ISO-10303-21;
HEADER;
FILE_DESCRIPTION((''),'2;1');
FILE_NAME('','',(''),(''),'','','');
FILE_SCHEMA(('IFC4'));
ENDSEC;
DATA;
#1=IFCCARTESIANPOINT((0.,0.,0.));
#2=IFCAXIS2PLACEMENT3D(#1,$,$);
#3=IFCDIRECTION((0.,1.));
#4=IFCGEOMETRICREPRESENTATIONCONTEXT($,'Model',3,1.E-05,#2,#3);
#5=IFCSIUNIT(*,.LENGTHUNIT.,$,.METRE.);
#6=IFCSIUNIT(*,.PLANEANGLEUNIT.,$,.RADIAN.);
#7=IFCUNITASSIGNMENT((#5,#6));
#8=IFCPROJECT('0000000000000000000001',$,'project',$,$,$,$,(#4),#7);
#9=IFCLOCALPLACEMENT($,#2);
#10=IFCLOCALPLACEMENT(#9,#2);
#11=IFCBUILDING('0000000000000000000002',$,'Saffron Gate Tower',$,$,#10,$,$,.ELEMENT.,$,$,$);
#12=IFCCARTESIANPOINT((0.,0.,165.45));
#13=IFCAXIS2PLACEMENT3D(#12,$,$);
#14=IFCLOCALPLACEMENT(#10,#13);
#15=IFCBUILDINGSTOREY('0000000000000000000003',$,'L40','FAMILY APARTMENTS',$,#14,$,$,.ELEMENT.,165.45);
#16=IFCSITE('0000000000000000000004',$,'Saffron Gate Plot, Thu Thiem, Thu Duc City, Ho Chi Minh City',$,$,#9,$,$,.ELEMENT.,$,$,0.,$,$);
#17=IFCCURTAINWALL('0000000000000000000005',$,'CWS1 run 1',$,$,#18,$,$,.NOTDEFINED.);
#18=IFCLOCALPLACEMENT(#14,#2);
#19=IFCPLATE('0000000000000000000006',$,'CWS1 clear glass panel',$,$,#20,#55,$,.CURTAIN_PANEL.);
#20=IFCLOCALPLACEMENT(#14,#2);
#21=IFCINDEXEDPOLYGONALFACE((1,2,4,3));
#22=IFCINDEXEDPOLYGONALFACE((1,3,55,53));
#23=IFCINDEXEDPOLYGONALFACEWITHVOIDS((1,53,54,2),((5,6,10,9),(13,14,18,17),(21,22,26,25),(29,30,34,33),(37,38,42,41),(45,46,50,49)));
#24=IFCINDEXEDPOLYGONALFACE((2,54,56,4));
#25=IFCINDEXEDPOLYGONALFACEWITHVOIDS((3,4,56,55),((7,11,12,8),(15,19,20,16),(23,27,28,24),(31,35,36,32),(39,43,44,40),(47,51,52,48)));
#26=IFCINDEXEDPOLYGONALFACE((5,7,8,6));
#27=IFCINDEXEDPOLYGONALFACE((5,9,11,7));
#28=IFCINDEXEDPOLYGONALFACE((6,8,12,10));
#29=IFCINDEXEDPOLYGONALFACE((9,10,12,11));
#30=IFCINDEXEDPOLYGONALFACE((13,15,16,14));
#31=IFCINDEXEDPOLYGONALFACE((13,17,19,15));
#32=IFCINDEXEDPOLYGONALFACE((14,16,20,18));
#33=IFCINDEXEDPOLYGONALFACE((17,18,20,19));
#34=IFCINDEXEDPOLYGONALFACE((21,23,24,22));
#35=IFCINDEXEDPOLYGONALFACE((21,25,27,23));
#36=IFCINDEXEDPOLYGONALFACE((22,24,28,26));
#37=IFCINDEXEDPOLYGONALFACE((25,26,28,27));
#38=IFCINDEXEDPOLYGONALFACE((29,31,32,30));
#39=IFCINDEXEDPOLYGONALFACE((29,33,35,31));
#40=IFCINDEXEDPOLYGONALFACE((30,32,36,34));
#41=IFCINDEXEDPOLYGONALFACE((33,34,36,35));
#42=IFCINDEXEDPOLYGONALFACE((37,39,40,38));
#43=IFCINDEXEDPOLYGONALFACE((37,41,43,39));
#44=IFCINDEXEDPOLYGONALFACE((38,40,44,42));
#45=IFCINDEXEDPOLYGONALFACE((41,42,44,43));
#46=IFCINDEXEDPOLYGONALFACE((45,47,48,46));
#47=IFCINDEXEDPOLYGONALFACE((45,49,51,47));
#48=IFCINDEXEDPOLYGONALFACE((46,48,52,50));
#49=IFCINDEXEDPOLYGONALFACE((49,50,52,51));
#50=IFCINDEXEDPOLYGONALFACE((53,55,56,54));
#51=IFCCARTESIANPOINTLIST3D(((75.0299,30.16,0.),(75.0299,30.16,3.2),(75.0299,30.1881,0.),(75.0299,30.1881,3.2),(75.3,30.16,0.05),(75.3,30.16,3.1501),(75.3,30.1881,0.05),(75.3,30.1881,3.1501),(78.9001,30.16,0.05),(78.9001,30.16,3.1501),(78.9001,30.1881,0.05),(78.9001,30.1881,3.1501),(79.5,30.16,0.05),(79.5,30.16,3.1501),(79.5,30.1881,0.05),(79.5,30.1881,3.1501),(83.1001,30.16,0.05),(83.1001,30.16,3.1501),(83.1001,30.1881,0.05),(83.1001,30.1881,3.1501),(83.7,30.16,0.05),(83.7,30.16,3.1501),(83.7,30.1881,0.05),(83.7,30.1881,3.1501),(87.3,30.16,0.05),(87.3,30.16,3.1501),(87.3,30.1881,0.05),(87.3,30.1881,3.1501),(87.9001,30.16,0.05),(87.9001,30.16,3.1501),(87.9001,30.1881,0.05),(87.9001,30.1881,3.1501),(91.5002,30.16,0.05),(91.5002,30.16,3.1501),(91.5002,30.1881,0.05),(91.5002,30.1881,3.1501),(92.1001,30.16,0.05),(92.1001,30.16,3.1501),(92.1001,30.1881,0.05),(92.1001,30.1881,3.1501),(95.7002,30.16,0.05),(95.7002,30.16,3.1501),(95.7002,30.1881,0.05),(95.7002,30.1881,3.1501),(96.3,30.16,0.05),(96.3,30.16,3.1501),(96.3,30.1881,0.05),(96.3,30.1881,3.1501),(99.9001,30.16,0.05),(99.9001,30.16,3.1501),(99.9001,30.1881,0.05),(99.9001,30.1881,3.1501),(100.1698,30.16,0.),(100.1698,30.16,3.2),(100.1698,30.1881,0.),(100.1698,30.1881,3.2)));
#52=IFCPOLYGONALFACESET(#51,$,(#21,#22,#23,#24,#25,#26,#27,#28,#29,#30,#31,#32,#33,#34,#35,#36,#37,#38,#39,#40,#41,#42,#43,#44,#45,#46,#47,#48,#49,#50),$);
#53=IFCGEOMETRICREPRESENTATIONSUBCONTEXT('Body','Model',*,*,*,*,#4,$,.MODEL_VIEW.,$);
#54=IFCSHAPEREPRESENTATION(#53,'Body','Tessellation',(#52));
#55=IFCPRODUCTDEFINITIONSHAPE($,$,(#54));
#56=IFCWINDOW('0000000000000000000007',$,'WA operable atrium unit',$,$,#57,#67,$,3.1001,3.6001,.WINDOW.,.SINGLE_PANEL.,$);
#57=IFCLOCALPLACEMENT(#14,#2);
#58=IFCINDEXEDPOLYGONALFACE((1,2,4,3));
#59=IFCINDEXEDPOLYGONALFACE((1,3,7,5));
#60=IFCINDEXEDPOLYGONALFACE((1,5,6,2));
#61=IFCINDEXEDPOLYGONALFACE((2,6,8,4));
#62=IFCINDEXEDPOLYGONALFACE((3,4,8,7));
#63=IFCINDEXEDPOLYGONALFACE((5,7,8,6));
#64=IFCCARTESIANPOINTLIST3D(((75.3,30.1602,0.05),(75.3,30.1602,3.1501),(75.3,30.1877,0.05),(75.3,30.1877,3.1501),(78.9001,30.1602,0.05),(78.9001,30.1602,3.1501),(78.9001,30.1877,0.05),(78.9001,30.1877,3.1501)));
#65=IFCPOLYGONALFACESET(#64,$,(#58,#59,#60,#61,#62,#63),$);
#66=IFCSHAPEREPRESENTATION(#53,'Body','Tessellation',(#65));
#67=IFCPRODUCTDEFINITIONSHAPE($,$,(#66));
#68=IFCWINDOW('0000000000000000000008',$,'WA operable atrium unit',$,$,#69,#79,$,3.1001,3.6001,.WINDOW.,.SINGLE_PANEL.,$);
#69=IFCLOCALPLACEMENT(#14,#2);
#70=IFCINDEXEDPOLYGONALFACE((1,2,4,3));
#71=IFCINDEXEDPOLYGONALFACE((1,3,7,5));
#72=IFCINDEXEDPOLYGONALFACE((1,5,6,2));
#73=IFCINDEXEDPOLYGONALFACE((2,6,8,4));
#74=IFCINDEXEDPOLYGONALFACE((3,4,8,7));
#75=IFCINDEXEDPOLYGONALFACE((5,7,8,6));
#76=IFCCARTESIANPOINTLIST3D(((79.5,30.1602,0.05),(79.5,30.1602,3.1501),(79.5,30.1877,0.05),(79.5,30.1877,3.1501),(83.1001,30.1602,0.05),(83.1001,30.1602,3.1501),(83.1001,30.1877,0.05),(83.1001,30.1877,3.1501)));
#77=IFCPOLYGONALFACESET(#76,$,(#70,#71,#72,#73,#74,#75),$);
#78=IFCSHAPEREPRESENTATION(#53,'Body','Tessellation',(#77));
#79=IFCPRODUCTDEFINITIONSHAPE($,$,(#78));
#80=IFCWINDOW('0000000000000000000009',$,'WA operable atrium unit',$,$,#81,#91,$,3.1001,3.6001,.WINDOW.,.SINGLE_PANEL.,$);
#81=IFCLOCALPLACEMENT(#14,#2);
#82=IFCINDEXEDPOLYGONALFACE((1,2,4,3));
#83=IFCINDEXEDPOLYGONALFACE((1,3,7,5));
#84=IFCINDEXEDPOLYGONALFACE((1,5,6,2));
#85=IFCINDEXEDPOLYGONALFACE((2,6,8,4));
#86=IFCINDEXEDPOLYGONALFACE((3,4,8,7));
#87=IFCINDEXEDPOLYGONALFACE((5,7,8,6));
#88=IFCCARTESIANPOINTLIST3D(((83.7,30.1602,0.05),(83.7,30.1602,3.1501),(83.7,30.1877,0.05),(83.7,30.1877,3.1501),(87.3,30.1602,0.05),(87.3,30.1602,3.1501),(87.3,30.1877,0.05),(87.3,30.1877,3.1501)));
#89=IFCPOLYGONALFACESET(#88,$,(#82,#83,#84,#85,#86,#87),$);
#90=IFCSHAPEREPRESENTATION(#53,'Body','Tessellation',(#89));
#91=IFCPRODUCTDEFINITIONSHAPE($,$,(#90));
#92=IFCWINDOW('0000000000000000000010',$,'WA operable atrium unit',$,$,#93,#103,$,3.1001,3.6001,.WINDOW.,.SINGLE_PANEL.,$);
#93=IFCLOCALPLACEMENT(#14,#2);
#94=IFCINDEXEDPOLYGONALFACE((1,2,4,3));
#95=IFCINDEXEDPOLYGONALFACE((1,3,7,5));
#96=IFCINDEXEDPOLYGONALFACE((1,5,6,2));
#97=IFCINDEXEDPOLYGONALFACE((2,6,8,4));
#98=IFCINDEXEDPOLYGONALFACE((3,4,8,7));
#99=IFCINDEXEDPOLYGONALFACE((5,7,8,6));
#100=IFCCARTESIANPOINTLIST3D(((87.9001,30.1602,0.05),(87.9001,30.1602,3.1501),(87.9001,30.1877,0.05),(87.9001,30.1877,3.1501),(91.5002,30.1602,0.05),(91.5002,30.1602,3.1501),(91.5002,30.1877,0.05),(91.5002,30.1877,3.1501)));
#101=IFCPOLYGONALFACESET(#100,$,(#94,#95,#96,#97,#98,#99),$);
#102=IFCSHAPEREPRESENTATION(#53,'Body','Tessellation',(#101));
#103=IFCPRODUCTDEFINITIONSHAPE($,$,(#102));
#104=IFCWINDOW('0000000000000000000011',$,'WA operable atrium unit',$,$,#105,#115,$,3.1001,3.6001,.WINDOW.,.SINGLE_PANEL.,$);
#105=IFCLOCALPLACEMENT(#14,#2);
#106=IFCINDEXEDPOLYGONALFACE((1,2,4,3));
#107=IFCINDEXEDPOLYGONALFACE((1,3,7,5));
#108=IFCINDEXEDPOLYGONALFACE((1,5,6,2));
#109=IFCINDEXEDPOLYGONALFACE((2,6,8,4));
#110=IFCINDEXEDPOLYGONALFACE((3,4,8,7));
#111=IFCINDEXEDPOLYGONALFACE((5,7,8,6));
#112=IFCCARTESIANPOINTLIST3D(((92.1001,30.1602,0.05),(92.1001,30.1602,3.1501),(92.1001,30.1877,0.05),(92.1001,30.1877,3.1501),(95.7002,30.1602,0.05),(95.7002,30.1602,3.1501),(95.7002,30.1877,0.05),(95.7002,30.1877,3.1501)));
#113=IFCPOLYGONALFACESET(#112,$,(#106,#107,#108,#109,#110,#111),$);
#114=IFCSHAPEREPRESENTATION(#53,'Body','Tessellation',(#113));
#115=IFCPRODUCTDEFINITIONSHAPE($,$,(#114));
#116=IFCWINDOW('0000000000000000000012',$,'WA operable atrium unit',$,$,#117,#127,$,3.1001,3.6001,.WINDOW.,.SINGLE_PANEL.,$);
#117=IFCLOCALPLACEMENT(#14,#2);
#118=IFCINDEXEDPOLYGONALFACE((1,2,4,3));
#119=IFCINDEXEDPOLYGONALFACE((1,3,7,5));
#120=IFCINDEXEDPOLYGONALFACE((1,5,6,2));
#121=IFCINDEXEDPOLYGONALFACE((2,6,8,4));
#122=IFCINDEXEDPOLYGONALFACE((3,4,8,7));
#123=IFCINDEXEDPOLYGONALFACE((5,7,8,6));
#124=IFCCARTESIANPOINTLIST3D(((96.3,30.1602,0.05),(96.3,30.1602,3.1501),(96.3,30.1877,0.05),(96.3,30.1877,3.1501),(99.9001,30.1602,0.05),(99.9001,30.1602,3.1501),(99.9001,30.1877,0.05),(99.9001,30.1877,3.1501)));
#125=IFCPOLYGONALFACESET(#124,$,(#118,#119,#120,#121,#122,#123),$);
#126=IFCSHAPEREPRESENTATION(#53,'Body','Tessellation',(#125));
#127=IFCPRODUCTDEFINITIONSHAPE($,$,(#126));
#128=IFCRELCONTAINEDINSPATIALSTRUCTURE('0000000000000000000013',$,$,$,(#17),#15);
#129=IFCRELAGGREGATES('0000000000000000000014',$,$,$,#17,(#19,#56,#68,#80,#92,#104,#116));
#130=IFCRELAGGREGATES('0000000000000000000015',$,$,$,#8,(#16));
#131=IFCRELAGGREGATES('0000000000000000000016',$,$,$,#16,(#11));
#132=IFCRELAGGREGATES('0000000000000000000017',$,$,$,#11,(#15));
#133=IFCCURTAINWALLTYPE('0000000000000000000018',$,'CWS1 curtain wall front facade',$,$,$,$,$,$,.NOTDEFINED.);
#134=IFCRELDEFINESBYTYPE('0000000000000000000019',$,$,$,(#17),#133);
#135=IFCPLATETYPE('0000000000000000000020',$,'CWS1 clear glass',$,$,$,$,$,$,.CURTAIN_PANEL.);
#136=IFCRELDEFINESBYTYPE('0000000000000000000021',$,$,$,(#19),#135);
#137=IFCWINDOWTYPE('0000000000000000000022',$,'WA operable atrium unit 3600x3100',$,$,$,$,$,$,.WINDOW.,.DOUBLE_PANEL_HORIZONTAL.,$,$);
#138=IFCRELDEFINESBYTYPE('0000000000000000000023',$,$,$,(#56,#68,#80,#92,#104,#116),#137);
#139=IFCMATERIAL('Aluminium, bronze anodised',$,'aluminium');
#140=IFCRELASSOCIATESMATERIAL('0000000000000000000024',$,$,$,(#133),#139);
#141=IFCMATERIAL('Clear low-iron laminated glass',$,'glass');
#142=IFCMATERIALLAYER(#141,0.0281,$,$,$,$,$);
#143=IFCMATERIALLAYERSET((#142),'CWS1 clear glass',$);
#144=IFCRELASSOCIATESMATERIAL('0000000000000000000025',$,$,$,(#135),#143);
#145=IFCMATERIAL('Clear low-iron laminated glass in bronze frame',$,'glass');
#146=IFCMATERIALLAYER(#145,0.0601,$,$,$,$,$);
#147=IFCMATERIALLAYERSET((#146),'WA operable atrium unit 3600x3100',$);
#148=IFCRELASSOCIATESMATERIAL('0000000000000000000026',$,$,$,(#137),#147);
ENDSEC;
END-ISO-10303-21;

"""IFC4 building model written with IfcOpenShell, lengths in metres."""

from ifc_helpers import new_model, si_unit, direction, frame, frame_2d, origin, place, context, subcontext, project, spatial, rectangle, extrude, material, layer, layer_set, type_object, element, fill, aggregate, save


model = new_model("IFC4")

# Units and contexts
model_context = context("Model", 3, precision=1e-05, world=origin(), true_north=direction((0.0, 1.0)))
body_context = subcontext(model_context, "Body", "Model", "MODEL_VIEW")
ifc_project = project(units=[si_unit("LENGTHUNIT", "METRE"), si_unit("PLANEANGLEUNIT", "RADIAN")], contexts=[model_context])

# Site, building, storey
site_placement = place(None, origin())
site = spatial("IfcSite", under=ifc_project, at=site_placement, Name="Saffron Gate Plot, Thu Thiem, Thu Duc City, Ho Chi Minh City", CompositionType="ELEMENT", RefElevation=0.0)
building_placement = place(site_placement, origin())
building = spatial("IfcBuilding", under=site, at=building_placement, Name="Saffron Gate Tower", CompositionType="ELEMENT")
storey_placement = place(building_placement, frame((0.0, 0.0, 165.45)))
storey = spatial("IfcBuildingStorey", under=building, at=storey_placement, Name="L40", Description="FAMILY APARTMENTS", CompositionType="ELEMENT", Elevation=165.45)

# Curtain wall, plate, openings, windows
ifc_material_1 = material(Name="Aluminium, bronze anodised", Category="aluminium")
curtain_wall_type = type_object("IfcCurtainWallType", Name="CWS1 curtain wall front facade", PredefinedType="NOTDEFINED", material=ifc_material_1)
curtain_wall_placement = place(storey_placement, origin())
curtain_wall = element("IfcCurtainWall", 1, at=curtain_wall_placement, inside=storey, type_object=curtain_wall_type, Name="CWS1 run 1", PredefinedType="NOTDEFINED")
ifc_material_2 = material(Name="Clear low-iron laminated glass", Category="glass")
ifc_layer_1 = layer(ifc_material_2, 0.0281)
ifc_layer_set_1 = layer_set([ifc_layer_1], Name="CWS1 clear glass")
plate_type = type_object("IfcPlateType", Name="CWS1 clear glass", PredefinedType="CURTAIN_PANEL", material=ifc_layer_set_1)
plate_placement = place(storey_placement, frame((75.03, 30.1741, 0.0), z_axis=(0.0, 0.0, 1.0), x_axis=(1.0, 0.0, 0.0)))
plate = element("IfcPlate", 2, at=plate_placement, type_object=plate_type, Name="CWS1 clear glass panel", PredefinedType="CURTAIN_PANEL", context=body_context, shape_type="SweptSolid", body=[
    extrude(rectangle(XDim=25.1399, YDim=0.0281, at=frame_2d((12.5698, 0.0))), origin(), (0.0, 0.0, 1.0), 3.2),
])
opening_1_placement = place(plate_placement, frame((0.27, 0.0, 0.05)))
opening_1 = element("IfcOpeningElement", 3, at=opening_1_placement, cuts=plate, PredefinedType="OPENING", context=body_context, shape_type="SweptSolid", body=[
    extrude(rectangle(XDim=3.6001, YDim=3.1001, at=frame_2d((1.8, 1.55))), frame((0.0, 0.0239, 0.0), z_axis=(0.0, -1.0, 0.0), x_axis=(1.0, 0.0, 0.0)), (0.0, 0.0, 1.0), 0.0481),
])
opening_2_placement = place(plate_placement, frame((4.47, 0.0, 0.05)))
opening_2 = element("IfcOpeningElement", 4, at=opening_2_placement, cuts=plate, PredefinedType="OPENING", context=body_context, shape_type="SweptSolid", body=[
    extrude(rectangle(XDim=3.6001, YDim=3.1001, at=frame_2d((1.8, 1.55))), frame((0.0, 0.0239, 0.0), z_axis=(0.0, -1.0, 0.0), x_axis=(1.0, 0.0, 0.0)), (0.0, 0.0, 1.0), 0.0481),
])
opening_3_placement = place(plate_placement, frame((8.6699, 0.0, 0.05)))
opening_3 = element("IfcOpeningElement", 5, at=opening_3_placement, cuts=plate, PredefinedType="OPENING", context=body_context, shape_type="SweptSolid", body=[
    extrude(rectangle(XDim=3.6001, YDim=3.1001, at=frame_2d((1.8, 1.55))), frame((0.0, 0.0239, 0.0), z_axis=(0.0, -1.0, 0.0), x_axis=(1.0, 0.0, 0.0)), (0.0, 0.0, 1.0), 0.0481),
])
opening_4_placement = place(plate_placement, frame((12.8701, 0.0, 0.05)))
opening_4 = element("IfcOpeningElement", 6, at=opening_4_placement, cuts=plate, PredefinedType="OPENING", context=body_context, shape_type="SweptSolid", body=[
    extrude(rectangle(XDim=3.6001, YDim=3.1001, at=frame_2d((1.8, 1.55))), frame((0.0, 0.0239, 0.0), z_axis=(0.0, -1.0, 0.0), x_axis=(1.0, 0.0, 0.0)), (0.0, 0.0, 1.0), 0.0481),
])
opening_5_placement = place(plate_placement, frame((17.0701, 0.0, 0.05)))
opening_5 = element("IfcOpeningElement", 7, at=opening_5_placement, cuts=plate, PredefinedType="OPENING", context=body_context, shape_type="SweptSolid", body=[
    extrude(rectangle(XDim=3.6001, YDim=3.1001, at=frame_2d((1.8, 1.55))), frame((0.0, 0.0239, 0.0), z_axis=(0.0, -1.0, 0.0), x_axis=(1.0, 0.0, 0.0)), (0.0, 0.0, 1.0), 0.0481),
])
opening_6_placement = place(plate_placement, frame((21.27, 0.0, 0.05)))
opening_6 = element("IfcOpeningElement", 8, at=opening_6_placement, cuts=plate, PredefinedType="OPENING", context=body_context, shape_type="SweptSolid", body=[
    extrude(rectangle(XDim=3.6001, YDim=3.1001, at=frame_2d((1.8, 1.55))), frame((0.0, 0.0239, 0.0), z_axis=(0.0, -1.0, 0.0), x_axis=(1.0, 0.0, 0.0)), (0.0, 0.0, 1.0), 0.0481),
])
ifc_material_3 = material(Name="Clear low-iron laminated glass in bronze frame", Category="glass")
ifc_layer_2 = layer(ifc_material_3, 0.0601)
ifc_layer_set_2 = layer_set([ifc_layer_2], Name="WA operable atrium unit 3600x3100")
window_type = type_object("IfcWindowType", Name="WA operable atrium unit 3600x3100", PartitioningType="DOUBLE_PANEL_HORIZONTAL", PredefinedType="WINDOW", material=ifc_layer_set_2)
window_1_placement = place(opening_1_placement, origin())
window_1 = element("IfcWindow", 9, at=window_1_placement, type_object=window_type, Name="WA operable atrium unit", OverallHeight=3.1001, OverallWidth=3.6001, PartitioningType="SINGLE_PANEL", PredefinedType="WINDOW", context=body_context, shape_type="SweptSolid", body=[
    extrude(rectangle(XDim=3.6001, YDim=3.1001, at=frame_2d((1.8, 1.55))), frame((0.0, 0.0137, 0.0), z_axis=(0.0, -1.0, 0.0), x_axis=(1.0, 0.0, 0.0)), (0.0, 0.0, 1.0), 0.0276),
])
fill(opening_1, window_1)
window_2_placement = place(opening_2_placement, origin())
window_2 = element("IfcWindow", 10, at=window_2_placement, type_object=window_type, Name="WA operable atrium unit", OverallHeight=3.1001, OverallWidth=3.6001, PartitioningType="SINGLE_PANEL", PredefinedType="WINDOW", context=body_context, shape_type="SweptSolid", body=[
    extrude(rectangle(XDim=3.6001, YDim=3.1001, at=frame_2d((1.8, 1.55))), frame((0.0, 0.0137, 0.0), z_axis=(0.0, -1.0, 0.0), x_axis=(1.0, 0.0, 0.0)), (0.0, 0.0, 1.0), 0.0276),
])
fill(opening_2, window_2)
window_3_placement = place(opening_3_placement, origin())
window_3 = element("IfcWindow", 11, at=window_3_placement, type_object=window_type, Name="WA operable atrium unit", OverallHeight=3.1001, OverallWidth=3.6001, PartitioningType="SINGLE_PANEL", PredefinedType="WINDOW", context=body_context, shape_type="SweptSolid", body=[
    extrude(rectangle(XDim=3.6001, YDim=3.1001, at=frame_2d((1.8, 1.55))), frame((0.0, 0.0137, 0.0), z_axis=(0.0, -1.0, 0.0), x_axis=(1.0, 0.0, 0.0)), (0.0, 0.0, 1.0), 0.0276),
])
fill(opening_3, window_3)
window_4_placement = place(opening_4_placement, origin())
window_4 = element("IfcWindow", 12, at=window_4_placement, type_object=window_type, Name="WA operable atrium unit", OverallHeight=3.1001, OverallWidth=3.6001, PartitioningType="SINGLE_PANEL", PredefinedType="WINDOW", context=body_context, shape_type="SweptSolid", body=[
    extrude(rectangle(XDim=3.6001, YDim=3.1001, at=frame_2d((1.8, 1.55))), frame((0.0, 0.0137, 0.0), z_axis=(0.0, -1.0, 0.0), x_axis=(1.0, 0.0, 0.0)), (0.0, 0.0, 1.0), 0.0276),
])
fill(opening_4, window_4)
window_5_placement = place(opening_5_placement, origin())
window_5 = element("IfcWindow", 13, at=window_5_placement, type_object=window_type, Name="WA operable atrium unit", OverallHeight=3.1001, OverallWidth=3.6001, PartitioningType="SINGLE_PANEL", PredefinedType="WINDOW", context=body_context, shape_type="SweptSolid", body=[
    extrude(rectangle(XDim=3.6001, YDim=3.1001, at=frame_2d((1.8, 1.55))), frame((0.0, 0.0137, 0.0), z_axis=(0.0, -1.0, 0.0), x_axis=(1.0, 0.0, 0.0)), (0.0, 0.0, 1.0), 0.0276),
])
fill(opening_5, window_5)
window_6_placement = place(opening_6_placement, origin())
window_6 = element("IfcWindow", 14, at=window_6_placement, type_object=window_type, Name="WA operable atrium unit", OverallHeight=3.1001, OverallWidth=3.6001, PartitioningType="SINGLE_PANEL", PredefinedType="WINDOW", context=body_context, shape_type="SweptSolid", body=[
    extrude(rectangle(XDim=3.6001, YDim=3.1001, at=frame_2d((1.8, 1.55))), frame((0.0, 0.0137, 0.0), z_axis=(0.0, -1.0, 0.0), x_axis=(1.0, 0.0, 0.0)), (0.0, 0.0, 1.0), 0.0276),
])
fill(opening_6, window_6)
aggregate(curtain_wall, [plate, window_1, window_2, window_3, window_4, window_5, window_6])

save(model, "model.ifc")
